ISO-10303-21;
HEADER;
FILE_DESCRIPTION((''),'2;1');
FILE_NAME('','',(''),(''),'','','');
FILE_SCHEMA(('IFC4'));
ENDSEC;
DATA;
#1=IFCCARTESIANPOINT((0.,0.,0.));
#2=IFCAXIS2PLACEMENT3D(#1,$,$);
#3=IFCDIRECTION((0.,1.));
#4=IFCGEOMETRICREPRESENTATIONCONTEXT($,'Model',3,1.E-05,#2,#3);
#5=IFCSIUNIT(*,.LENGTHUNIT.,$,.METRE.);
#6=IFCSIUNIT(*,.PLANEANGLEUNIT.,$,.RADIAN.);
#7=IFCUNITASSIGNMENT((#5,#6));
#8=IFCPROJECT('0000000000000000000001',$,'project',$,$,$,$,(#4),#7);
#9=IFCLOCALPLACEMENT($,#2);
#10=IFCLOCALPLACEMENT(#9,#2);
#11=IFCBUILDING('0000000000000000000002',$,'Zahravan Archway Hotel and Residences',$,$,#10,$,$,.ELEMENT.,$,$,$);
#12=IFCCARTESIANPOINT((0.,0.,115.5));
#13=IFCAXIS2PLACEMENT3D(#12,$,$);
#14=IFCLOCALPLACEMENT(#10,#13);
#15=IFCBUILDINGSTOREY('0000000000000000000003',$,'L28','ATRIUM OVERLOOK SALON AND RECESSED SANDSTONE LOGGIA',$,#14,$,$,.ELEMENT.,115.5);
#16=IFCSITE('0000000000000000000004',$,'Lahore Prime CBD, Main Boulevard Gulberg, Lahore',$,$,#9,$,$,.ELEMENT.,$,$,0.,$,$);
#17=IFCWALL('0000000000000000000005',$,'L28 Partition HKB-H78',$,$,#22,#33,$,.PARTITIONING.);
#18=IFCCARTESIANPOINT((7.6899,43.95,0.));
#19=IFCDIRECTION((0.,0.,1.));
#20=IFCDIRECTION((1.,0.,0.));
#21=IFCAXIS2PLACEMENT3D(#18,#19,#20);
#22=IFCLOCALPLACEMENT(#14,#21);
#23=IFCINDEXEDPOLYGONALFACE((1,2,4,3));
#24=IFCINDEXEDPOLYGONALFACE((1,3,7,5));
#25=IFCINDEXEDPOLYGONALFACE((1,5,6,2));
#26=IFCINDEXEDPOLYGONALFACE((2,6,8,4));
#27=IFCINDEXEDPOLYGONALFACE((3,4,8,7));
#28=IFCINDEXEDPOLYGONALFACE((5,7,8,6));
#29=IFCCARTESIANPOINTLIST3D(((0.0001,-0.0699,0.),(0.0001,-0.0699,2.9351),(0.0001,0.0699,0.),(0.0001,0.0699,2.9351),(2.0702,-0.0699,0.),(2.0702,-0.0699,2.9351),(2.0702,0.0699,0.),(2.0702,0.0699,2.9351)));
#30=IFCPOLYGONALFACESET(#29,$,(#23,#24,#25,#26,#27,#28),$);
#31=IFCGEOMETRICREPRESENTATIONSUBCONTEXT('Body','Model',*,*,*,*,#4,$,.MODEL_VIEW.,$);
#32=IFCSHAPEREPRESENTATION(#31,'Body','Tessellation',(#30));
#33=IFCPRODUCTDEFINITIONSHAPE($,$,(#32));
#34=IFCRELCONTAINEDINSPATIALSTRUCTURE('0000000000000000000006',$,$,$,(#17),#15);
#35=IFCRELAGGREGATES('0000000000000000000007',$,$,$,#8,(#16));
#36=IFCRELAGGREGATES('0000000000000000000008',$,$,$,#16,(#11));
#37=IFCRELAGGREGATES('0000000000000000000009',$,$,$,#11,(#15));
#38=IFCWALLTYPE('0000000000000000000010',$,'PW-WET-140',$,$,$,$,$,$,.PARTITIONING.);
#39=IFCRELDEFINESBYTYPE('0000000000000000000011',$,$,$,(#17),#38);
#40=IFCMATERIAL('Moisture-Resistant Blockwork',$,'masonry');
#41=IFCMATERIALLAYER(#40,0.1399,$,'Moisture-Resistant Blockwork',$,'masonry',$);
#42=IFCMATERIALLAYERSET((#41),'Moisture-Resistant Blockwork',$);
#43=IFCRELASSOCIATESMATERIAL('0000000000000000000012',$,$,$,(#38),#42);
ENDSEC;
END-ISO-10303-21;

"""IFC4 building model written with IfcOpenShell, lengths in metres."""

from ifc_helpers import new_model, si_unit, direction, frame, frame_2d, origin, place, context, subcontext, project, spatial, rectangle, extrude, material, layer, layer_set, type_object, element, save


model = new_model("IFC4")

# Units and contexts
model_context = context("Model", 3, precision=1e-05, world=origin(), true_north=direction((0.0, 1.0)))
body_context = subcontext(model_context, "Body", "Model", "MODEL_VIEW")
ifc_project = project(units=[si_unit("LENGTHUNIT", "METRE"), si_unit("PLANEANGLEUNIT", "RADIAN")], contexts=[model_context])

# Site, building, storey
site_placement = place(None, origin())
site = spatial("IfcSite", under=ifc_project, at=site_placement, Name="Lahore Prime CBD, Main Boulevard Gulberg, Lahore", CompositionType="ELEMENT", RefElevation=0.0)
building_placement = place(site_placement, origin())
building = spatial("IfcBuilding", under=site, at=building_placement, Name="Zahravan Archway Hotel and Residences", CompositionType="ELEMENT")
storey_placement = place(building_placement, frame((0.0, 0.0, 115.5)))
storey = spatial("IfcBuildingStorey", under=building, at=storey_placement, Name="L28", Description="ATRIUM OVERLOOK SALON AND RECESSED SANDSTONE LOGGIA", CompositionType="ELEMENT", Elevation=115.5)

# Wall
ifc_material_1 = material(Name="Moisture-Resistant Blockwork", Category="masonry")
ifc_layer_1 = layer(ifc_material_1, 0.1399, Name="Moisture-Resistant Blockwork", Category="masonry")
ifc_layer_set_1 = layer_set([ifc_layer_1], Name="Moisture-Resistant Blockwork")
wall_type_1 = type_object("IfcWallType", Name="PW-WET-140", PredefinedType="PARTITIONING", material=ifc_layer_set_1)
wall_1_placement = place(storey_placement, frame((7.6899, 43.95, 0.0), z_axis=(0.0, 0.0, 1.0), x_axis=(1.0, 0.0, 0.0)))
element("IfcWall", 1, at=wall_1_placement, inside=storey, type_object=wall_type_1, Name="L28 Partition HKB-H78", PredefinedType="PARTITIONING", context=body_context, shape_type="SweptSolid", body=[
    extrude(rectangle(XDim=2.0701, YDim=0.1399, at=frame_2d((1.0352, 0.0))), origin(), (0.0, 0.0, 1.0), 2.9351),
])

save(model, "model.ifc")
